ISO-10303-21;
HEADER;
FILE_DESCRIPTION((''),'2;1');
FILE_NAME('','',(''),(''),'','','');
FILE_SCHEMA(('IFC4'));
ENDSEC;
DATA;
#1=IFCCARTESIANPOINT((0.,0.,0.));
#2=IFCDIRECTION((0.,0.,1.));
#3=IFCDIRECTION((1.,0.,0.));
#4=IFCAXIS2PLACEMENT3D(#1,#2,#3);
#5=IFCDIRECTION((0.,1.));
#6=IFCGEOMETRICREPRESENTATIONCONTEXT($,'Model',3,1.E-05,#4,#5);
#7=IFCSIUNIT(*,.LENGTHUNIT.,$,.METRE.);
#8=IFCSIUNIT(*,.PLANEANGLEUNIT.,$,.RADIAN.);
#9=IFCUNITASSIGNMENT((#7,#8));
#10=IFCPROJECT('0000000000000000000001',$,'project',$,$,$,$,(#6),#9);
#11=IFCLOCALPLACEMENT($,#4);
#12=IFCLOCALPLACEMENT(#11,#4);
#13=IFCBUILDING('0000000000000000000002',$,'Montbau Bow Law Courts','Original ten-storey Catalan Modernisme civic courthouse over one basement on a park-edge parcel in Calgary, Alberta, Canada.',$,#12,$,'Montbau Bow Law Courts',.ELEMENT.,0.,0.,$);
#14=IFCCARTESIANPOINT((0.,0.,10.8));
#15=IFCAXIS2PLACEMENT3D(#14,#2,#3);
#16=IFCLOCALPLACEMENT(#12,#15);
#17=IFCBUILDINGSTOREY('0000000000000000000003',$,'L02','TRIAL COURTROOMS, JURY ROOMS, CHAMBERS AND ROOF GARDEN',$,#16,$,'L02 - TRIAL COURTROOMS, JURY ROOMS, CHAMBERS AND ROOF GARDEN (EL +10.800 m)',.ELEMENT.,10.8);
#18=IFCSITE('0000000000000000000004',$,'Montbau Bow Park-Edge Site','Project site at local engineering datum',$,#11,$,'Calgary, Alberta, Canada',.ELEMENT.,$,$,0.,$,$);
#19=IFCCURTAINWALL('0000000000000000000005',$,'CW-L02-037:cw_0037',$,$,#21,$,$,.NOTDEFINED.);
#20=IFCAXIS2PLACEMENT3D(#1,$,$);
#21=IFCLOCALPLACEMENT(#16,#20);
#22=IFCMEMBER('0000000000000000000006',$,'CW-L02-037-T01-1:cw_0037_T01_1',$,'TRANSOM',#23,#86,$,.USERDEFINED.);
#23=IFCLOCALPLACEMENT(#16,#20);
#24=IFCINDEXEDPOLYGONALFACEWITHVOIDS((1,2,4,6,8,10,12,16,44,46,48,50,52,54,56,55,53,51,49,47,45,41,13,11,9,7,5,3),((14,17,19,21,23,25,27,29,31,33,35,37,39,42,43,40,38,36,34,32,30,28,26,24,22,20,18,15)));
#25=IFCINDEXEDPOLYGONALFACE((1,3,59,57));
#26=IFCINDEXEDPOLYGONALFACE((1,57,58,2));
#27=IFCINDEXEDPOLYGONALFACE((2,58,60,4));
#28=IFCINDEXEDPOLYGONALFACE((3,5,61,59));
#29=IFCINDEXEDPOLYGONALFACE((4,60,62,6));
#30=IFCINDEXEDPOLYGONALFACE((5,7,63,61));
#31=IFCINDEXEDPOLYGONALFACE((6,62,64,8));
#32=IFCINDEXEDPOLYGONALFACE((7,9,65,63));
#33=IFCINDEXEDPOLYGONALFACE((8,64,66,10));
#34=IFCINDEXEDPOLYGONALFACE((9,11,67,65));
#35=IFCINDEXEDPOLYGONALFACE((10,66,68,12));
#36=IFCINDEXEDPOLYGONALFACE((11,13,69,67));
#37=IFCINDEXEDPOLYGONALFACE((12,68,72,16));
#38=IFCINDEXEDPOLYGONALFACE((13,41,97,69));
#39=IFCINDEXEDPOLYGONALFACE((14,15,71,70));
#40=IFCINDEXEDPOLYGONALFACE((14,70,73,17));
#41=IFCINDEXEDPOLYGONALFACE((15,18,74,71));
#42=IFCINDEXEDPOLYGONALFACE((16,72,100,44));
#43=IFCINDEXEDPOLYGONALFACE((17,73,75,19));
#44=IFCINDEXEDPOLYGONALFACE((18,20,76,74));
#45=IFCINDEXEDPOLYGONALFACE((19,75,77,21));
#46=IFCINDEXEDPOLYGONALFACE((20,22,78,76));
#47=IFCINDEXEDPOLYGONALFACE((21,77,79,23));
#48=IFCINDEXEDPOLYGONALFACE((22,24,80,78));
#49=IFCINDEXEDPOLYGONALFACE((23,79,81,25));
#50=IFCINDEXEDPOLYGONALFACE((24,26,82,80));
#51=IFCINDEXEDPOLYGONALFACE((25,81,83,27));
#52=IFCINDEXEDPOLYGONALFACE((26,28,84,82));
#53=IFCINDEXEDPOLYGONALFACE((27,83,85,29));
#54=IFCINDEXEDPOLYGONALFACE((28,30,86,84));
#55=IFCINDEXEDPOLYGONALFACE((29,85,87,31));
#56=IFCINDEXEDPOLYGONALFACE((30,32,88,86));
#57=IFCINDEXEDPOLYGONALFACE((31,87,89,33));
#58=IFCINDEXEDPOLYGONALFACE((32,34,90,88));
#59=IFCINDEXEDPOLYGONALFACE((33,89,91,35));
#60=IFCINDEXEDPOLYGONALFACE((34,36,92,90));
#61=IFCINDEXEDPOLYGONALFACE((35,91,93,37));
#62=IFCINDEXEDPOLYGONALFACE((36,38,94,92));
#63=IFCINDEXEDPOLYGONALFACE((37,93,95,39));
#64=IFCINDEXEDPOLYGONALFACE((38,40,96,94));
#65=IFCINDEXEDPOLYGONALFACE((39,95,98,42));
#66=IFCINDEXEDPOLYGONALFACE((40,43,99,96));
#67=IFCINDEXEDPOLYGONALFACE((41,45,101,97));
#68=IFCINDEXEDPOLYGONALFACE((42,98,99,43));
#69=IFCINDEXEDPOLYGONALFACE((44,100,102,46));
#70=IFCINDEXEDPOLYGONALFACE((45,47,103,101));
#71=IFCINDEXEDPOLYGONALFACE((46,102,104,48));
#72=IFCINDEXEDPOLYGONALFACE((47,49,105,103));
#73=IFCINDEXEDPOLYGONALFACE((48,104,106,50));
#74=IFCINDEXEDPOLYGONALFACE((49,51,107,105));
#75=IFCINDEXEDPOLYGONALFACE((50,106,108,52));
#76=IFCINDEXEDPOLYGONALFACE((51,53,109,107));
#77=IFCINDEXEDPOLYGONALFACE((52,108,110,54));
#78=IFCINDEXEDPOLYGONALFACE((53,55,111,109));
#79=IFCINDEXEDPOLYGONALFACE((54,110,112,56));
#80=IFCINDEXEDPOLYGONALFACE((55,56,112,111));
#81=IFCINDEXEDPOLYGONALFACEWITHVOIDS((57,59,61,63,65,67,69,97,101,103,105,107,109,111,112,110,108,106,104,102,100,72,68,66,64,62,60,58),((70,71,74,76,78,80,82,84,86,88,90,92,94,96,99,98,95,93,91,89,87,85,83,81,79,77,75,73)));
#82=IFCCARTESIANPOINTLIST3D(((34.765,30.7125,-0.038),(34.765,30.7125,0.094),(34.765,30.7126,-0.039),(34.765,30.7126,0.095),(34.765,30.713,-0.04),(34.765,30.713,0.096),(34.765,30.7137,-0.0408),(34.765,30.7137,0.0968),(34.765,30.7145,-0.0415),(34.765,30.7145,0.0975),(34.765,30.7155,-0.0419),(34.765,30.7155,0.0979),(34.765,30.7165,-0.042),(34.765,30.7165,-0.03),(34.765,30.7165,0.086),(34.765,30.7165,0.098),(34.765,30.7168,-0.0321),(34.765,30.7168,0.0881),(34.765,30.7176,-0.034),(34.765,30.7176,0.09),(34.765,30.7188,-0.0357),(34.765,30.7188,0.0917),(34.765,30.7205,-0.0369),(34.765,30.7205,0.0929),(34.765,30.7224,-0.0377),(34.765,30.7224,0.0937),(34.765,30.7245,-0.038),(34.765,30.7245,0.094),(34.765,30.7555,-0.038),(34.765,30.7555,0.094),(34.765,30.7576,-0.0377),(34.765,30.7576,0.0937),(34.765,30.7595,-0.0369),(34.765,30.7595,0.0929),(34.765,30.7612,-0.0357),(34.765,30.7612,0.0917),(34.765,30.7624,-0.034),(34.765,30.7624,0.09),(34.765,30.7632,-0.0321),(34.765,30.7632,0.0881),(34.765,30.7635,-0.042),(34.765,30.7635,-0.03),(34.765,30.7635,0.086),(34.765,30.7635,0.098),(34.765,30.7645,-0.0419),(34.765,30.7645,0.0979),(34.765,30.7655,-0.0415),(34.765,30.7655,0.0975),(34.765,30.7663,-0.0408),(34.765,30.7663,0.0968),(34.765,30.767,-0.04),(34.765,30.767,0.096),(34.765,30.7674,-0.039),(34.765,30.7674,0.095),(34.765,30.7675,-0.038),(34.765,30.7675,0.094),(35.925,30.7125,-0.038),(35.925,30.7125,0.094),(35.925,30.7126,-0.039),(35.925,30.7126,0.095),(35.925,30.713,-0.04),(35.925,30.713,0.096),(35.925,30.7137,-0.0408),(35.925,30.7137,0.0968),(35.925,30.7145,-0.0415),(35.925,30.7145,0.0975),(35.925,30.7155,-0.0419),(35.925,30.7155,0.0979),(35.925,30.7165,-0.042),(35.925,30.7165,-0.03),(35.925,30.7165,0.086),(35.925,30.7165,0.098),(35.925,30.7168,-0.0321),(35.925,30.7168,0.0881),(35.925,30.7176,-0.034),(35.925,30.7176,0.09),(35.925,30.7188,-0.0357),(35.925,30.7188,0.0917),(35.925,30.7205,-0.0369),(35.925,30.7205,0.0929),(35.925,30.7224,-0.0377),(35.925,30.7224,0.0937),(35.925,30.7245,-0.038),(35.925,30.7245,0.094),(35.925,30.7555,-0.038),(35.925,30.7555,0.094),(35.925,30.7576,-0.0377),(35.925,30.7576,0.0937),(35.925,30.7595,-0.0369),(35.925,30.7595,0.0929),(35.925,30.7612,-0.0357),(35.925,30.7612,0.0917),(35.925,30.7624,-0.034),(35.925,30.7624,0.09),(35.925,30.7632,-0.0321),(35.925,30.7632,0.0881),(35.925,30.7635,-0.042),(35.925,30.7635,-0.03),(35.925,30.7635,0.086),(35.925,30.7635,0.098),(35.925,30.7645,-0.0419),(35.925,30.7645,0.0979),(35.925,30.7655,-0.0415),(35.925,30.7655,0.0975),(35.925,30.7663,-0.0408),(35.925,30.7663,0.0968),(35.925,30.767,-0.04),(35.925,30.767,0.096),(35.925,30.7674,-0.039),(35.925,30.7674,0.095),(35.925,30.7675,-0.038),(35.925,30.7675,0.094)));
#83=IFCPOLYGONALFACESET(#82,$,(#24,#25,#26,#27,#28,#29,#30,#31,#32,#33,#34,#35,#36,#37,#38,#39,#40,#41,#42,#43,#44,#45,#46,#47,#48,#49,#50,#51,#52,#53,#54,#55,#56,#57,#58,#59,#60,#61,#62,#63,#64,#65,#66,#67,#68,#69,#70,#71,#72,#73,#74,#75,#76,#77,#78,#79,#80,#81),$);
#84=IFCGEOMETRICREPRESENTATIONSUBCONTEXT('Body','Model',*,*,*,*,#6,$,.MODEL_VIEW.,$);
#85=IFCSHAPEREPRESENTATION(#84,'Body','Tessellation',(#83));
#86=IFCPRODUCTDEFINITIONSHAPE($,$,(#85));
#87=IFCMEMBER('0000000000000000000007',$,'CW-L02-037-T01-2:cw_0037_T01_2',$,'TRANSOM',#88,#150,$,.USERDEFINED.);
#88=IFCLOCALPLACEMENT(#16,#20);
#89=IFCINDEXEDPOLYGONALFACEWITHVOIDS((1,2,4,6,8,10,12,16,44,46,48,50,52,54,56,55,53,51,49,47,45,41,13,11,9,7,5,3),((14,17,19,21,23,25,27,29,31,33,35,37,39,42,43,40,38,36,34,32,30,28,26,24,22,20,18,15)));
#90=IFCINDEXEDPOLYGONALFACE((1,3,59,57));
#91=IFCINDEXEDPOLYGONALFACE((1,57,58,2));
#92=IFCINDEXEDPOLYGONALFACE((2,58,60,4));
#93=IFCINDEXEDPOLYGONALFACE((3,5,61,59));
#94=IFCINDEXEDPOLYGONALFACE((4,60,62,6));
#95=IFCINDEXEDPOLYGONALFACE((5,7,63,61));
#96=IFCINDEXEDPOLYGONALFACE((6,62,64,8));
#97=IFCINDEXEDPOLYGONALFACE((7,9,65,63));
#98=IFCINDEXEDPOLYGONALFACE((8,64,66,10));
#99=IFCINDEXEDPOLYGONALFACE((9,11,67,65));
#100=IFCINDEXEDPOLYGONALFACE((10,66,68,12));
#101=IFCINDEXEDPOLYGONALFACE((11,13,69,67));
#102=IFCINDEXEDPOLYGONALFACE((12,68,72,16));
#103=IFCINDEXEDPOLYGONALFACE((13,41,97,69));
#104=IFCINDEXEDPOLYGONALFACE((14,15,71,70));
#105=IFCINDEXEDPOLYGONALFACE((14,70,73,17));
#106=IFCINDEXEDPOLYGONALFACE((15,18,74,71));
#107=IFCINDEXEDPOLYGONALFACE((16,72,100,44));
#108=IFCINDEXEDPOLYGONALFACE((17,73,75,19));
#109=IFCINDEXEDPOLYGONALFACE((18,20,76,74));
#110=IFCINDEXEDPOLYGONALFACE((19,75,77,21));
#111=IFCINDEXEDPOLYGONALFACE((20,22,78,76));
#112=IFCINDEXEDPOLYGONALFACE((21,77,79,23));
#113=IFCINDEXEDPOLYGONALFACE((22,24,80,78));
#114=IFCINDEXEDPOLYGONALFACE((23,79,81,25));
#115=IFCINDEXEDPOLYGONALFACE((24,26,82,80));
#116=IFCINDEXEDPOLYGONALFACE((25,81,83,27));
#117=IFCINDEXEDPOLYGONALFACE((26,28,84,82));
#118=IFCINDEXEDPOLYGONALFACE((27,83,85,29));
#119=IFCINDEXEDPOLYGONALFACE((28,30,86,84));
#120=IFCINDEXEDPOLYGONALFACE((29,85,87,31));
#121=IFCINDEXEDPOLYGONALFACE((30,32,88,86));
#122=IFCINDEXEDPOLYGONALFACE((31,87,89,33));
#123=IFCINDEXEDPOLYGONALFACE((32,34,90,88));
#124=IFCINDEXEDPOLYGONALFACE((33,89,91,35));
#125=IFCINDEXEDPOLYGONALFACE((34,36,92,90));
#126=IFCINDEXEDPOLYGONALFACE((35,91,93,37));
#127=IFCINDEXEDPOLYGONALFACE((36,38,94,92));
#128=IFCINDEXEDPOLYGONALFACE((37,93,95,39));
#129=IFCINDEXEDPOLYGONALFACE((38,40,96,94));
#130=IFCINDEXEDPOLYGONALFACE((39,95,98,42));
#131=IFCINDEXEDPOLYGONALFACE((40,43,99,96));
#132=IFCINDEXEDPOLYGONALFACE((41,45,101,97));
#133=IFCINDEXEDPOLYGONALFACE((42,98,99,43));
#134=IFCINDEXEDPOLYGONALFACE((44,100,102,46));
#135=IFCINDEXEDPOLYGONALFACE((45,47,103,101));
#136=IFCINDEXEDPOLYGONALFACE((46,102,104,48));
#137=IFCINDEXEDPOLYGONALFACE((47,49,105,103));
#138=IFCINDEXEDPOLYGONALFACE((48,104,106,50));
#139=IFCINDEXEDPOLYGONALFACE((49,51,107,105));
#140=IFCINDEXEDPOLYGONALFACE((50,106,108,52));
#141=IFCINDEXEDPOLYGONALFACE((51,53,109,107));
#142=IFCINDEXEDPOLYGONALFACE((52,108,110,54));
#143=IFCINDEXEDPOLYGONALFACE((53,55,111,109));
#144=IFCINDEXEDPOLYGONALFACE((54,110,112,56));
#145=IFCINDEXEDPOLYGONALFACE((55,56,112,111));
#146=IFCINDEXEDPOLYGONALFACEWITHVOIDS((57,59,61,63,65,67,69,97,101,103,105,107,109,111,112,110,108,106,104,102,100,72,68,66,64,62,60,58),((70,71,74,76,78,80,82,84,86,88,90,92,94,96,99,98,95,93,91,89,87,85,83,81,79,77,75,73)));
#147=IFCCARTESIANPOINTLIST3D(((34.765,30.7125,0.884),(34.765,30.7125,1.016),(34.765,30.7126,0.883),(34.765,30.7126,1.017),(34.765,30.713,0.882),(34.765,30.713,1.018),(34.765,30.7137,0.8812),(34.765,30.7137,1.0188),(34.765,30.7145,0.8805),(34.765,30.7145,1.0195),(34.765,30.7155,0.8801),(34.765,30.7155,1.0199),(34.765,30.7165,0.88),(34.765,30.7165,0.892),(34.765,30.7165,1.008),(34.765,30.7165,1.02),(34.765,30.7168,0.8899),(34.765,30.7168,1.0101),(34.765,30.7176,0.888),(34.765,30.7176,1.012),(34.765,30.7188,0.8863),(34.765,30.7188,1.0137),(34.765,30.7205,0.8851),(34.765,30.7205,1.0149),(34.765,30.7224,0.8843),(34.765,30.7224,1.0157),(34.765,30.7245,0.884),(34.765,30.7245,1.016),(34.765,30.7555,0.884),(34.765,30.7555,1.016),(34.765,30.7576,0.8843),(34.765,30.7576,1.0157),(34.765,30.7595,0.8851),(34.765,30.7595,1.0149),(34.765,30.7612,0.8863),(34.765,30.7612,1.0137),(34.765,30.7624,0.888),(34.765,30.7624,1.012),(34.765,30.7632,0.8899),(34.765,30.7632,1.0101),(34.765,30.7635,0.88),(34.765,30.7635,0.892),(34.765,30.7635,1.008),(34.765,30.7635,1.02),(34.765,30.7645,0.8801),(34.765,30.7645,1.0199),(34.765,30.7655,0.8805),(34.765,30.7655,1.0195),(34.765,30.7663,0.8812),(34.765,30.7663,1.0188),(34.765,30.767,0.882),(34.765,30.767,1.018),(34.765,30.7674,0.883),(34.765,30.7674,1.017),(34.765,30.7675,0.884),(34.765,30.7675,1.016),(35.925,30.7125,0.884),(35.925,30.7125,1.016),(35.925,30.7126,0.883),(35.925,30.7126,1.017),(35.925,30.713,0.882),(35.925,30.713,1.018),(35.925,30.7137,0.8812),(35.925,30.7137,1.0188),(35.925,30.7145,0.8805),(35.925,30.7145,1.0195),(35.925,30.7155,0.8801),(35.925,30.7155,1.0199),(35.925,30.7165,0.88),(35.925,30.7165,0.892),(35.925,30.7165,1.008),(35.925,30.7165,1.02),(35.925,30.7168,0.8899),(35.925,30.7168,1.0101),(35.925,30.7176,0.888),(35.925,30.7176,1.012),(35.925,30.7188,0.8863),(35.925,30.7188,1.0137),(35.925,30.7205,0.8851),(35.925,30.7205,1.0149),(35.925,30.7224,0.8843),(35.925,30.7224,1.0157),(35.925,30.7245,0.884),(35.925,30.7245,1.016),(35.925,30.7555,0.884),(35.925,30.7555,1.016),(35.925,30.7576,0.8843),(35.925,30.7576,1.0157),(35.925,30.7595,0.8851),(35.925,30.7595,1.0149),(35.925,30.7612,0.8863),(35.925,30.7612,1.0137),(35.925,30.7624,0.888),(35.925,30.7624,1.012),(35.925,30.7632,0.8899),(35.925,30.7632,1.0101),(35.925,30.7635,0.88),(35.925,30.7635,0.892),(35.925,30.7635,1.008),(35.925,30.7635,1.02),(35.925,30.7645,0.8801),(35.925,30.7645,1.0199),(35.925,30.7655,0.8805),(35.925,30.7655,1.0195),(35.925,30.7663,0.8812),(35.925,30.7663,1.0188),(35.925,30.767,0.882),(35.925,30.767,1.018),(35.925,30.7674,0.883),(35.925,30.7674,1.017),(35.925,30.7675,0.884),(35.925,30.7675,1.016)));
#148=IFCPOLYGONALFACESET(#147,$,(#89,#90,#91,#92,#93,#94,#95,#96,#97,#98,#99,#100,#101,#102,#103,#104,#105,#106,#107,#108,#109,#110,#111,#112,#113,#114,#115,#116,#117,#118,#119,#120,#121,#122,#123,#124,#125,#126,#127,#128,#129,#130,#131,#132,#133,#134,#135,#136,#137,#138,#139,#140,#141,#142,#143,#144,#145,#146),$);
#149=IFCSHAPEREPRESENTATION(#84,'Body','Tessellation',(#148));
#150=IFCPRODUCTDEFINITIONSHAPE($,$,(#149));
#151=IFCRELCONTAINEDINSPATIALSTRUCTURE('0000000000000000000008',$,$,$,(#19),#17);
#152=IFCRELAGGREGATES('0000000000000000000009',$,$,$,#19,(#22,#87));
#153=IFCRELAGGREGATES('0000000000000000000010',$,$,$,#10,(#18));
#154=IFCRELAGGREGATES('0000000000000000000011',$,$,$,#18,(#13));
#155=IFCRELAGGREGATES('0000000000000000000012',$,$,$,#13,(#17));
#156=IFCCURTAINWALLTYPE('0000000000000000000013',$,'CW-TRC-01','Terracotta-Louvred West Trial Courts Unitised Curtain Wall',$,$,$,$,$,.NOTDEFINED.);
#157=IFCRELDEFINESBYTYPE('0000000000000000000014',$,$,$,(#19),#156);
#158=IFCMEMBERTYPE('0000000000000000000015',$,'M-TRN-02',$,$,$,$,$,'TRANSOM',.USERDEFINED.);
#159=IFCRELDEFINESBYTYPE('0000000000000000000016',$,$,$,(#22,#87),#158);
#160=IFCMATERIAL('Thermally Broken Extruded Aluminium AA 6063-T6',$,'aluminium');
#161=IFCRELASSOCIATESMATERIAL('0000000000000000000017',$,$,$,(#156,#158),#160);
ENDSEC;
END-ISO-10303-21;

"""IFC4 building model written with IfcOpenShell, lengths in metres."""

from ifc_helpers import new_model, si_unit, direction, frame, origin_with_axes, origin_2d_with_axis, place, context, subcontext, project, spatial, hollow_rectangle, extrude, material, material_profile, profile_set, type_object, element, aggregate, save


model = new_model("IFC4")

# Units and contexts
model_context = context("Model", 3, precision=1e-05, world=origin_with_axes(), true_north=direction((0.0, 1.0)))
body_context = subcontext(model_context, "Body", "Model", "MODEL_VIEW")
ifc_project = project(units=[si_unit("LENGTHUNIT", "METRE"), si_unit("PLANEANGLEUNIT", "RADIAN")], contexts=[model_context])

# Site, building, storey
site_placement = place(None, origin_with_axes())
site = spatial("IfcSite", under=ifc_project, at=site_placement, Name="Montbau Bow Park-Edge Site", Description="Project site at local engineering datum", LongName="Calgary, Alberta, Canada", CompositionType="ELEMENT", RefElevation=0.0)
building_placement = place(site_placement, origin_with_axes())
building = spatial("IfcBuilding", under=site, at=building_placement, Name="Montbau Bow Law Courts", Description="Original ten-storey Catalan Modernisme civic courthouse over one basement on a park-edge parcel in Calgary, Alberta, Canada.", LongName="Montbau Bow Law Courts", CompositionType="ELEMENT", ElevationOfRefHeight=0.0, ElevationOfTerrain=0.0)
storey_placement = place(building_placement, frame((0.0, 0.0, 10.8), z_axis=(0.0, 0.0, 1.0), x_axis=(1.0, 0.0, 0.0)))
storey = spatial("IfcBuildingStorey", under=building, at=storey_placement, Name="L02", Description="TRIAL COURTROOMS, JURY ROOMS, CHAMBERS AND ROOF GARDEN", LongName="L02 - TRIAL COURTROOMS, JURY ROOMS, CHAMBERS AND ROOF GARDEN (EL +10.800 m)", CompositionType="ELEMENT", Elevation=10.8)

# Curtain wall
ifc_material_1 = material(Name="Thermally Broken Extruded Aluminium AA 6063-T6", Category="aluminium")
curtain_wall_type = type_object("IfcCurtainWallType", Name="CW-TRC-01", Description="Terracotta-Louvred West Trial Courts Unitised Curtain Wall", PredefinedType="NOTDEFINED", material=ifc_material_1)
curtain_wall_1_placement = place(None, frame((34.697, 30.74, 10.8), z_axis=(0.0, 0.0, 1.0), x_axis=(1.0, 0.0, 0.0)))
curtain_wall_1 = element("IfcCurtainWall", 1, at=curtain_wall_1_placement, inside=storey, type_object=curtain_wall_type, Name="CW-L02-037:cw_0037", PredefinedType="NOTDEFINED")

# Members
ifc_material_profile_1 = material_profile(ifc_material_1, hollow_rectangle(XDim=0.055, YDim=0.14, WallThickness=0.004, InnerFilletRadius=0.008, OuterFilletRadius=0.004, at=origin_2d_with_axis()), Name="CWT-140X55", Category="Main", Priority=0)
ifc_profile_set_1 = profile_set([ifc_material_profile_1], Name="Thermally Broken Extruded Aluminium AA 6063-T6")
member_type_1 = type_object("IfcMemberType", Name="M-TRN-02", ElementType="TRANSOM", PredefinedType="USERDEFINED", material=ifc_profile_set_1)
member_1_placement = place(None, frame((34.765, 30.74, 10.828), z_axis=(1.0, 0.0, 0.0), x_axis=(0.0, 1.0, 0.0)))
member_1 = element("IfcMember", 2, at=member_1_placement, type_object=member_type_1, Name="CW-L02-037-T01-1:cw_0037_T01_1", ObjectType="TRANSOM", PredefinedType="USERDEFINED", context=body_context, shape_type="SweptSolid", body=[
    extrude(hollow_rectangle(XDim=0.055, YDim=0.14, WallThickness=0.004, InnerFilletRadius=0.008, OuterFilletRadius=0.004, at=origin_2d_with_axis()), origin_with_axes(), (0.0, 0.0, 1.0), 1.16),
])
member_2_placement = place(None, frame((34.765, 30.74, 11.75), z_axis=(1.0, 0.0, 0.0), x_axis=(0.0, 1.0, 0.0)))
member_2 = element("IfcMember", 3, at=member_2_placement, type_object=member_type_1, Name="CW-L02-037-T01-2:cw_0037_T01_2", ObjectType="TRANSOM", PredefinedType="USERDEFINED", context=body_context, shape_type="SweptSolid", body=[
    extrude(hollow_rectangle(XDim=0.055, YDim=0.14, WallThickness=0.004, InnerFilletRadius=0.008, OuterFilletRadius=0.004, at=origin_2d_with_axis()), origin_with_axes(), (0.0, 0.0, 1.0), 1.16),
])

aggregate(curtain_wall_1, [member_1, member_2])

save(model, "model.ifc")
